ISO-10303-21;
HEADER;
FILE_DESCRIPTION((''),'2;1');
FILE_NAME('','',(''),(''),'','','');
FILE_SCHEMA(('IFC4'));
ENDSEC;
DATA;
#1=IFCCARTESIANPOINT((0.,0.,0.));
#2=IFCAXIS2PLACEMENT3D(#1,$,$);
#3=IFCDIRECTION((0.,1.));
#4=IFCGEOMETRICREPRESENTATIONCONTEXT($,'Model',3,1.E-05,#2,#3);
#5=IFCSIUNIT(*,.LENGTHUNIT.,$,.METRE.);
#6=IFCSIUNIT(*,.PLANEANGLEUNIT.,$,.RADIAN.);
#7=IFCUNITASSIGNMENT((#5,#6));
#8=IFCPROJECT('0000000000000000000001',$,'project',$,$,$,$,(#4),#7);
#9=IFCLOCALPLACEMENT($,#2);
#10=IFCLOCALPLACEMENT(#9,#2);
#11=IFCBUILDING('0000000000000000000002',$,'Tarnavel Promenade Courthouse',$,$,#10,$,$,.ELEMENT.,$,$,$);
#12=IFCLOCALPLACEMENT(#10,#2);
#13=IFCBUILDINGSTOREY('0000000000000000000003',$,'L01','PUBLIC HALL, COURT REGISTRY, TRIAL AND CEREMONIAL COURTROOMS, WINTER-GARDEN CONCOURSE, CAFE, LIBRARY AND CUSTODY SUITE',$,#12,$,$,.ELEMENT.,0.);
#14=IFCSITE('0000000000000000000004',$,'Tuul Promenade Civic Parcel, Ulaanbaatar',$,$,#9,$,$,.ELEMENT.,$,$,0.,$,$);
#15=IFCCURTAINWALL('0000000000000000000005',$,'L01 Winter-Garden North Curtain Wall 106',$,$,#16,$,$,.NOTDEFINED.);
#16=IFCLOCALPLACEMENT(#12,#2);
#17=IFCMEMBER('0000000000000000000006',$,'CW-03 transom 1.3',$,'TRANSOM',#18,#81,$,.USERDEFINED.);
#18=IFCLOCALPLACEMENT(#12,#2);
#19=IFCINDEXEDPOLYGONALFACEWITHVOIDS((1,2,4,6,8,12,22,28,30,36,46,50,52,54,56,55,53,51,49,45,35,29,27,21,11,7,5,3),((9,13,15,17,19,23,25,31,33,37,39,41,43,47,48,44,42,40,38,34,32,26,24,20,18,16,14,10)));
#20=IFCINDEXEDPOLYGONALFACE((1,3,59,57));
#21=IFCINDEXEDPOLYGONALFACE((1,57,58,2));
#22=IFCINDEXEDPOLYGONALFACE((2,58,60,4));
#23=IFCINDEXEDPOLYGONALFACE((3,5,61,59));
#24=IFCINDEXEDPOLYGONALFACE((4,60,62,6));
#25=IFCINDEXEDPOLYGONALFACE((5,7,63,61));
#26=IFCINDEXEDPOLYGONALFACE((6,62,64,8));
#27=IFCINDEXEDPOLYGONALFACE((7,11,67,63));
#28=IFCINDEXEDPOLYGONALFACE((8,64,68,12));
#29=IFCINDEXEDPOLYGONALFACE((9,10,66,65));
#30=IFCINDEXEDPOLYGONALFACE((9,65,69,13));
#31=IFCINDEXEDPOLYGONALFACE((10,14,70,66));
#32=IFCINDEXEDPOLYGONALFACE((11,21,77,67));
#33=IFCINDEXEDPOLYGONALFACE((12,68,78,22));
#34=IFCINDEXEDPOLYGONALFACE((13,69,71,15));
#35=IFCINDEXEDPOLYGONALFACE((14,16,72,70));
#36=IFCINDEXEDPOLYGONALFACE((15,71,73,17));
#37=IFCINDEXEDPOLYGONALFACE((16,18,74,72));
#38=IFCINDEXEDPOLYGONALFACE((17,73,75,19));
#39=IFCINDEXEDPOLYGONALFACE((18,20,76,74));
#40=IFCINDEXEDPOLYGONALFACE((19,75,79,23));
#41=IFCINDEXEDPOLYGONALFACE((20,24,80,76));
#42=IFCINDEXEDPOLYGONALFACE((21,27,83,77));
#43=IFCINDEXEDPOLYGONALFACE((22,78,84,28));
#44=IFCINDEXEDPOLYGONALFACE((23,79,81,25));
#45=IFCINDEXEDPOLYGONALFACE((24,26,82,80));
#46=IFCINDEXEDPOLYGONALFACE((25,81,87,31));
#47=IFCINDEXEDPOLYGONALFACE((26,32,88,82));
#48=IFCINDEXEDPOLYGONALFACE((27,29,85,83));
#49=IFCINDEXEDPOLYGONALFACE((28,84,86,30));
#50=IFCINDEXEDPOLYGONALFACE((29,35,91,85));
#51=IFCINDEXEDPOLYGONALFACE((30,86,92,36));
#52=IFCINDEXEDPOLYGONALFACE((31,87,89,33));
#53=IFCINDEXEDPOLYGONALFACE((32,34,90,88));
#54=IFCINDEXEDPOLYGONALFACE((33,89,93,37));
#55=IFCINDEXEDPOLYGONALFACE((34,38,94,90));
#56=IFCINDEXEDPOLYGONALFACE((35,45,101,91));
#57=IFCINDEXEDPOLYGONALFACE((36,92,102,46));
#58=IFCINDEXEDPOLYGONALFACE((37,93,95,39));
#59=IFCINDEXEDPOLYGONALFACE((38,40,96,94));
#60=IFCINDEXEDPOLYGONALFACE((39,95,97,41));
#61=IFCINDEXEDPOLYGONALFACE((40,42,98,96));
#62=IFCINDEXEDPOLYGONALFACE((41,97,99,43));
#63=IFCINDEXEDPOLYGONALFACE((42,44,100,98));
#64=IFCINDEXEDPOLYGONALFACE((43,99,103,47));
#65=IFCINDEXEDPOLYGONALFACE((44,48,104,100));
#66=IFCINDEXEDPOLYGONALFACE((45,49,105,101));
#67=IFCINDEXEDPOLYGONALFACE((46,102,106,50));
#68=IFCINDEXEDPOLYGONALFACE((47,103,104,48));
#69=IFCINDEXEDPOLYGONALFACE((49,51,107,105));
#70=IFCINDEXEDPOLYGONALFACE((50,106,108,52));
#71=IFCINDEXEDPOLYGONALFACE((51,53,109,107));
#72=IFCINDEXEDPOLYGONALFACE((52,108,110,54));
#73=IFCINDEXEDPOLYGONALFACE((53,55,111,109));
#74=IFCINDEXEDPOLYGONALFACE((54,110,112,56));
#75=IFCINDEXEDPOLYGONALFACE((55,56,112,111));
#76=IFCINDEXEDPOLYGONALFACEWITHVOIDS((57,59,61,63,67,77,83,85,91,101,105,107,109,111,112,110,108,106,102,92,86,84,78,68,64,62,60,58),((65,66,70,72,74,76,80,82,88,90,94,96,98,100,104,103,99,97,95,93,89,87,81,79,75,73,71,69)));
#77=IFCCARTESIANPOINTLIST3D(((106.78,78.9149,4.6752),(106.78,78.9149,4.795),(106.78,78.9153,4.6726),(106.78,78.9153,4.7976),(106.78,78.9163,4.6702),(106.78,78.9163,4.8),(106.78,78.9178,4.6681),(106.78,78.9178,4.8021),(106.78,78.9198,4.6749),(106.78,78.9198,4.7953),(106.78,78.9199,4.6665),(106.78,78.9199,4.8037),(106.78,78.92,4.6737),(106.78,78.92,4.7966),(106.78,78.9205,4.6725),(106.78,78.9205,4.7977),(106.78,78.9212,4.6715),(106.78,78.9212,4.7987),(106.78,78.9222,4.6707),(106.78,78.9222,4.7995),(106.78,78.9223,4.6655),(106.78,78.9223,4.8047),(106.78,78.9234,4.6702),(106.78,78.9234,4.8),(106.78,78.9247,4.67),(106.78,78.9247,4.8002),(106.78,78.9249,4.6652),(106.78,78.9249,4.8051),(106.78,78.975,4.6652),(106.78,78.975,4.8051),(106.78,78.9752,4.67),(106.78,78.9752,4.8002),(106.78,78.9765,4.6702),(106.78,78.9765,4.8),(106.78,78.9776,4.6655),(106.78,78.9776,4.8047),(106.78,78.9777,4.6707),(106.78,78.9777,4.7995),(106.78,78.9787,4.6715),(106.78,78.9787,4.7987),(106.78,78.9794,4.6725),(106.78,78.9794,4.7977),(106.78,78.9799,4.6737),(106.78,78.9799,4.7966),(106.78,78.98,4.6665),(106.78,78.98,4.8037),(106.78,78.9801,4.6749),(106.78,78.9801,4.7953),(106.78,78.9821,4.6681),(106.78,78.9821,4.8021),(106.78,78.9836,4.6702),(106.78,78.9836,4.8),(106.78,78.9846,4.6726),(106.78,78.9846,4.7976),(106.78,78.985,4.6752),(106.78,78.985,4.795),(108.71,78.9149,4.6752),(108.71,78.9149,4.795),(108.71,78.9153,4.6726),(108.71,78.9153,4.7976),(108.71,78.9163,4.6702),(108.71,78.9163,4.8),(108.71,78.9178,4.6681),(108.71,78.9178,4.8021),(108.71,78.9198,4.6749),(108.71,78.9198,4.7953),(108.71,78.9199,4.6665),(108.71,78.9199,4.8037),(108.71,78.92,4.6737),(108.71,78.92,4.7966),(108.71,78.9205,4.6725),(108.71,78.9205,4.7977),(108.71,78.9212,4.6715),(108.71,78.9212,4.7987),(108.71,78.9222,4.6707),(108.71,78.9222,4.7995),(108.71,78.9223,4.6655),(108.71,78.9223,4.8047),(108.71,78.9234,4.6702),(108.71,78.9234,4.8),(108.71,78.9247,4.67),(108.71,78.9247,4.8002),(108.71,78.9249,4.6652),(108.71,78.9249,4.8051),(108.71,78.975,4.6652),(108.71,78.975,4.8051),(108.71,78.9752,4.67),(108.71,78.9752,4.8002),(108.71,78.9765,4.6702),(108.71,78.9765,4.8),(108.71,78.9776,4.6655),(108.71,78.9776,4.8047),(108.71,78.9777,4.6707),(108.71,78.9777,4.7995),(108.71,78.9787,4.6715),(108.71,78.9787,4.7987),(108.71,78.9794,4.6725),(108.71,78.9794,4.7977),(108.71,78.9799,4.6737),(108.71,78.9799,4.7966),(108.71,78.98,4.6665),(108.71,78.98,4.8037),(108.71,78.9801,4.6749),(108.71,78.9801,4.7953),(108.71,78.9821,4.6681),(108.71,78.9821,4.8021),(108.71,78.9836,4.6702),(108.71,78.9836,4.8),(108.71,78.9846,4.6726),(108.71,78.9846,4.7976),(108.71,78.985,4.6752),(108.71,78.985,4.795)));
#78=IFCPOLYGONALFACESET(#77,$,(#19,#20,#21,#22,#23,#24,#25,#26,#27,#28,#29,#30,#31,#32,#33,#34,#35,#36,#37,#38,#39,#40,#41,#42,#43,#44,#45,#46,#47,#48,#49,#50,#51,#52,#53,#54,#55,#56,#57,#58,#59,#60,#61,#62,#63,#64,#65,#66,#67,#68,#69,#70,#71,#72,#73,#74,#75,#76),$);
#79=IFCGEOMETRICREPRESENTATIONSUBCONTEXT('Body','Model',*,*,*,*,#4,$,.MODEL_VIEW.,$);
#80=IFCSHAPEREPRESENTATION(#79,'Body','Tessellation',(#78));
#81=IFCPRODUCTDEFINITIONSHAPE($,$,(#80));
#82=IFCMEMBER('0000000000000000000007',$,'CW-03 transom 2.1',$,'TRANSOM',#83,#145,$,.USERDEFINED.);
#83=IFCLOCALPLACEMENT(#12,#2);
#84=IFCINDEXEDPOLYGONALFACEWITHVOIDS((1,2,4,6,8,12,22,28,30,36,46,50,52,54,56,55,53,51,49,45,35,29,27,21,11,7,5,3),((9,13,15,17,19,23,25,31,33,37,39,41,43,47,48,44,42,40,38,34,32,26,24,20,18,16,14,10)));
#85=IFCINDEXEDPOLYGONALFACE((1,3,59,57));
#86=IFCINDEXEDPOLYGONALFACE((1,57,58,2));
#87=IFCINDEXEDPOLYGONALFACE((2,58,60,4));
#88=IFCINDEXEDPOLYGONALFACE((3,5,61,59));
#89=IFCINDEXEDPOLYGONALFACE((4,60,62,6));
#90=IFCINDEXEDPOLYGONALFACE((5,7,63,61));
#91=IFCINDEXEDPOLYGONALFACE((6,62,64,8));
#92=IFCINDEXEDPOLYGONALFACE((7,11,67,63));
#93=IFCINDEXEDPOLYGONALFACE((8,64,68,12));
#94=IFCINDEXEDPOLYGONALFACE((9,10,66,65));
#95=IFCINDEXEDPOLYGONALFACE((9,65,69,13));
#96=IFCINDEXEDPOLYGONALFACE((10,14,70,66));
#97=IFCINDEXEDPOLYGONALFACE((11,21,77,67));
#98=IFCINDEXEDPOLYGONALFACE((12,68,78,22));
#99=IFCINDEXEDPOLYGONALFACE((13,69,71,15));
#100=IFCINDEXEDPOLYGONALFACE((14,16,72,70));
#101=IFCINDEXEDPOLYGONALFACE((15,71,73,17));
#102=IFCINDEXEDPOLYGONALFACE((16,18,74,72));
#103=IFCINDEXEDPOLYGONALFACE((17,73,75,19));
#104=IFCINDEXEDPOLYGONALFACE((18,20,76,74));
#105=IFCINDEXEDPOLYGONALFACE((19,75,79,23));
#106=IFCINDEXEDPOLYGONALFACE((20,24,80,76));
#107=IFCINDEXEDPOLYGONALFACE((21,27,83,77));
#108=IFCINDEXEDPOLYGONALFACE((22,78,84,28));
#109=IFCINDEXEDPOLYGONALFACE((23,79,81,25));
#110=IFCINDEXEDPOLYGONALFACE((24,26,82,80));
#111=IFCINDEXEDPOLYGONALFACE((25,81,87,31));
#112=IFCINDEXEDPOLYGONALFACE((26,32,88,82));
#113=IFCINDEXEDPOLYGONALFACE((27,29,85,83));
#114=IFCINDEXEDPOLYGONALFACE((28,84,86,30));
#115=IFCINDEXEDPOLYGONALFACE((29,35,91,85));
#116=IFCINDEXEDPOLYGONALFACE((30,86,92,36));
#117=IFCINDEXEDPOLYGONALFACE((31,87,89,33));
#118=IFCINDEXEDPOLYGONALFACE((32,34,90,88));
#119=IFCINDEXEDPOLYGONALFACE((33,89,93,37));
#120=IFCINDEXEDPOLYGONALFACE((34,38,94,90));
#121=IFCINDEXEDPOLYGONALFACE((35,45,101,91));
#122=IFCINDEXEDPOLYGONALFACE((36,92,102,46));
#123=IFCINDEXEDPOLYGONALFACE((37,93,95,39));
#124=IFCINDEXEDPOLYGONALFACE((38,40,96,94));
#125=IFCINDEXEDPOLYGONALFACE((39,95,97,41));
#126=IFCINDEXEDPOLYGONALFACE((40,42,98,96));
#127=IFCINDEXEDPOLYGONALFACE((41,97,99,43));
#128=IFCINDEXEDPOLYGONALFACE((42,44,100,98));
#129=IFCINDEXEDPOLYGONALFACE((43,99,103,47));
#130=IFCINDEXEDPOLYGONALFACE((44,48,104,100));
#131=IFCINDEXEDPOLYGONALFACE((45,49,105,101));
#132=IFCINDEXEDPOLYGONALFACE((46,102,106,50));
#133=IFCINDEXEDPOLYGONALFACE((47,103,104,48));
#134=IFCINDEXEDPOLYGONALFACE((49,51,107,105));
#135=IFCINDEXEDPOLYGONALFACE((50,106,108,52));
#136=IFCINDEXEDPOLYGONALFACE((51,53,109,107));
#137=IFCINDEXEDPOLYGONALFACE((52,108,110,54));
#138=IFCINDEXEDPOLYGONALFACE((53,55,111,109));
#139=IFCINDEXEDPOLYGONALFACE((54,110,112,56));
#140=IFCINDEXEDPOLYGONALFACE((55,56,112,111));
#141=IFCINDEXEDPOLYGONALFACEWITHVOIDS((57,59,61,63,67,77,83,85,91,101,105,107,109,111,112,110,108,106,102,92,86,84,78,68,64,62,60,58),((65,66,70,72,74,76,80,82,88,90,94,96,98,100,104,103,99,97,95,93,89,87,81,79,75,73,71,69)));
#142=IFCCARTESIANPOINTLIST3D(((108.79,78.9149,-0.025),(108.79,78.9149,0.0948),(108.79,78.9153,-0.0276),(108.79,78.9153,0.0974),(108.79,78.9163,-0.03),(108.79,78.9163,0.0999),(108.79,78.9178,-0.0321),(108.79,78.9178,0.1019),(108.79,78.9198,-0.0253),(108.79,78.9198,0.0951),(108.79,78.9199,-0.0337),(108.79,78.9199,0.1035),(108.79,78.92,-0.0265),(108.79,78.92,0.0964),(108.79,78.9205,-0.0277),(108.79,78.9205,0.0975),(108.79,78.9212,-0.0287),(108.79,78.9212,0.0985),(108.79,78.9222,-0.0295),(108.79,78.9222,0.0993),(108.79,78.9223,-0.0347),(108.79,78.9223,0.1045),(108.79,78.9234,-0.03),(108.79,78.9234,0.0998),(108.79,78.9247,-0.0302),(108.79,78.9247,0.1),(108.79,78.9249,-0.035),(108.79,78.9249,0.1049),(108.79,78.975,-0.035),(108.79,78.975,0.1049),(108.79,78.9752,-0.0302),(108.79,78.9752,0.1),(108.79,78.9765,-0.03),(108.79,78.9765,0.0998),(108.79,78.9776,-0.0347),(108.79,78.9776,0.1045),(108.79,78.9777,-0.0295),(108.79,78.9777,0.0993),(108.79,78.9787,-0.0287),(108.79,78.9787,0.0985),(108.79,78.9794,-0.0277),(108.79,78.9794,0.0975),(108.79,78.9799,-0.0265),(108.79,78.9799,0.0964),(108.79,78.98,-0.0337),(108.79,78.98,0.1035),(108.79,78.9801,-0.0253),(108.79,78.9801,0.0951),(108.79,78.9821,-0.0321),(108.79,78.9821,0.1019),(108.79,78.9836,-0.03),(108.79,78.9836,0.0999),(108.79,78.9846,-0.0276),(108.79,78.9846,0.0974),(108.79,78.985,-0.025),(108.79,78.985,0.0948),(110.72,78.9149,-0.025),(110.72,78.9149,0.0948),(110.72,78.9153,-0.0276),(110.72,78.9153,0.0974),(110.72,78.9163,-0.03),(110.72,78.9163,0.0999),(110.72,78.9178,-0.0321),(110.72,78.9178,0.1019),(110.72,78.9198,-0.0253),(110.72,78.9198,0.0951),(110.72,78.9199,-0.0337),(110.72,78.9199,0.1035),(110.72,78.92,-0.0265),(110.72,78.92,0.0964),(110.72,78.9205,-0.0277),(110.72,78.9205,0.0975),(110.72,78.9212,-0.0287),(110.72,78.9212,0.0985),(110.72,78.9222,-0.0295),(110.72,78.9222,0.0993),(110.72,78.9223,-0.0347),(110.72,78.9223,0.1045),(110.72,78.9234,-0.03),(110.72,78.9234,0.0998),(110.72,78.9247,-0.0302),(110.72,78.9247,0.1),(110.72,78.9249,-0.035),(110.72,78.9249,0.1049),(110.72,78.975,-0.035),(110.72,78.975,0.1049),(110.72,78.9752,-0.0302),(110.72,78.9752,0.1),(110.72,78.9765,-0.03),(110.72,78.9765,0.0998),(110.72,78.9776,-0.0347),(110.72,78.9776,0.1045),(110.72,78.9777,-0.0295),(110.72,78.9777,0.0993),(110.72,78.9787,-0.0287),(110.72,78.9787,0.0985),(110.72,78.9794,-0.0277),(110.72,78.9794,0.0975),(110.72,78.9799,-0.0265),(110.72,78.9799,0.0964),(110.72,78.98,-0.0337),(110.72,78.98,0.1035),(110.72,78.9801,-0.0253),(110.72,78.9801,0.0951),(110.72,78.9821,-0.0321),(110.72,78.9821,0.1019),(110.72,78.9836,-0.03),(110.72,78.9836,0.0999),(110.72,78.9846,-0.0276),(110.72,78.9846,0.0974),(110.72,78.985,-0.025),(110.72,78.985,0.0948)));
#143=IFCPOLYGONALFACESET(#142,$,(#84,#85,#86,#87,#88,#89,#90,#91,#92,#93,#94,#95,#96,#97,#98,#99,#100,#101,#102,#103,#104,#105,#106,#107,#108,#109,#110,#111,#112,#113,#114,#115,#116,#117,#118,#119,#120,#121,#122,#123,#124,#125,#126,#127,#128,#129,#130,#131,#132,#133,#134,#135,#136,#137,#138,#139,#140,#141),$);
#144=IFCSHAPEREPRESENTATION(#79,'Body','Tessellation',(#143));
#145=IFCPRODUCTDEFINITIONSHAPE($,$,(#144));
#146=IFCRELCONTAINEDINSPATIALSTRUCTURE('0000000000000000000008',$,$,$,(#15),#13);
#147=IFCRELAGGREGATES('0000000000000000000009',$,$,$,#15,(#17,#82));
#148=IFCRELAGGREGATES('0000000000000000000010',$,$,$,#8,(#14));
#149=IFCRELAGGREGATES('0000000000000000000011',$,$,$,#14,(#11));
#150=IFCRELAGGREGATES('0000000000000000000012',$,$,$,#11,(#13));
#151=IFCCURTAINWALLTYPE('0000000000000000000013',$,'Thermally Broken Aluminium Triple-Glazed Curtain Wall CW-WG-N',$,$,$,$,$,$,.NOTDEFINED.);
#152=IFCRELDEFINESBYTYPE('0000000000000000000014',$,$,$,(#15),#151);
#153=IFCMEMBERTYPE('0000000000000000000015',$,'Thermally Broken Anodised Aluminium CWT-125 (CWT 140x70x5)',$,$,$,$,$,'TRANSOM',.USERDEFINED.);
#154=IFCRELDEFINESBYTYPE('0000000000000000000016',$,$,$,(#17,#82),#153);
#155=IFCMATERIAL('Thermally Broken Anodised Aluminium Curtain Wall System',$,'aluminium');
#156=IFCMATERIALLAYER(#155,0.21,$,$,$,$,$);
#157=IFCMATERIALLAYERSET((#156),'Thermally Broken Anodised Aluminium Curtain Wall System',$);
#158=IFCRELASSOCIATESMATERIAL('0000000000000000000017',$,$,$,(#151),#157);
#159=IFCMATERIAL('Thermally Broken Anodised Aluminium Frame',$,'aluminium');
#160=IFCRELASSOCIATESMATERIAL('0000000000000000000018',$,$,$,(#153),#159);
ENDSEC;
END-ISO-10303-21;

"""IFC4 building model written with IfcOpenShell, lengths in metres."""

from ifc_helpers import new_model, si_unit, direction, frame, origin, origin_2d, place, context, subcontext, project, spatial, hollow_rectangle, extrude, material, layer, layer_set, material_profile, profile_set, type_object, element, aggregate, save


model = new_model("IFC4")

# Units and contexts
model_context = context("Model", 3, precision=1e-05, world=origin(), true_north=direction((0.0, 1.0)))
body_context = subcontext(model_context, "Body", "Model", "MODEL_VIEW")
ifc_project = project(units=[si_unit("LENGTHUNIT", "METRE"), si_unit("PLANEANGLEUNIT", "RADIAN")], contexts=[model_context])

# Site, building, storey
site_placement = place(None, origin())
site = spatial("IfcSite", under=ifc_project, at=site_placement, Name="Tuul Promenade Civic Parcel, Ulaanbaatar", CompositionType="ELEMENT", RefElevation=0.0)
building_placement = place(site_placement, origin())
building = spatial("IfcBuilding", under=site, at=building_placement, Name="Tarnavel Promenade Courthouse", CompositionType="ELEMENT")
storey_placement = place(building_placement, origin())
storey = spatial("IfcBuildingStorey", under=building, at=storey_placement, Name="L01", Description="PUBLIC HALL, COURT REGISTRY, TRIAL AND CEREMONIAL COURTROOMS, WINTER-GARDEN CONCOURSE, CAFE, LIBRARY AND CUSTODY SUITE", CompositionType="ELEMENT", Elevation=0.0)

# Curtain wall
ifc_material_1 = material(Name="Thermally Broken Anodised Aluminium Curtain Wall System", Category="aluminium")
ifc_layer_1 = layer(ifc_material_1, 0.21)
ifc_layer_set_1 = layer_set([ifc_layer_1], Name="Thermally Broken Anodised Aluminium Curtain Wall System")
curtain_wall_type = type_object("IfcCurtainWallType", Name="Thermally Broken Aluminium Triple-Glazed Curtain Wall CW-WG-N", PredefinedType="NOTDEFINED", material=ifc_layer_set_1)
ifc_material_2 = material(Name="Thermally Broken Anodised Aluminium Frame", Category="aluminium")
curtain_wall_1_placement = place(storey_placement, origin())
curtain_wall_1 = element("IfcCurtainWall", 1, at=curtain_wall_1_placement, inside=storey, type_object=curtain_wall_type, Name="L01 Winter-Garden North Curtain Wall 106", PredefinedType="NOTDEFINED")

# Members
ifc_material_profile_1 = material_profile(ifc_material_2, hollow_rectangle(XDim=0.0701, YDim=0.1399, WallThickness=0.0049, InnerFilletRadius=0.0049, OuterFilletRadius=0.01, at=origin_2d()), Name="CWT 140x70x5")
ifc_profile_set_1 = profile_set([ifc_material_profile_1], Name="Thermally Broken Anodised Aluminium Frame")
member_type_1 = type_object("IfcMemberType", Name="Thermally Broken Anodised Aluminium CWT-125 (CWT 140x70x5)", ElementType="TRANSOM", PredefinedType="USERDEFINED", material=ifc_profile_set_1)
member_1_placement = place(storey_placement, frame((106.78, 78.95, 4.7351), z_axis=(1.0, 0.0, 0.0), x_axis=(0.0, 1.0, 0.0)))
member_1 = element("IfcMember", 2, at=member_1_placement, type_object=member_type_1, Name="CW-03 transom 1.3", ObjectType="TRANSOM", PredefinedType="USERDEFINED", context=body_context, shape_type="SweptSolid", body=[
    extrude(hollow_rectangle(XDim=0.0701, YDim=0.1399, WallThickness=0.0049, InnerFilletRadius=0.0049, OuterFilletRadius=0.01, at=origin_2d()), origin(), (0.0, 0.0, 1.0), 1.9299),
])
member_2_placement = place(storey_placement, frame((108.79, 78.95, 0.0349), z_axis=(1.0, 0.0, 0.0), x_axis=(0.0, 1.0, 0.0)))
member_2 = element("IfcMember", 3, at=member_2_placement, type_object=member_type_1, Name="CW-03 transom 2.1", ObjectType="TRANSOM", PredefinedType="USERDEFINED", context=body_context, shape_type="SweptSolid", body=[
    extrude(hollow_rectangle(XDim=0.0701, YDim=0.1399, WallThickness=0.0049, InnerFilletRadius=0.0049, OuterFilletRadius=0.01, at=origin_2d()), origin(), (0.0, 0.0, 1.0), 1.9299),
])

aggregate(curtain_wall_1, [member_1, member_2])

save(model, "model.ifc")
